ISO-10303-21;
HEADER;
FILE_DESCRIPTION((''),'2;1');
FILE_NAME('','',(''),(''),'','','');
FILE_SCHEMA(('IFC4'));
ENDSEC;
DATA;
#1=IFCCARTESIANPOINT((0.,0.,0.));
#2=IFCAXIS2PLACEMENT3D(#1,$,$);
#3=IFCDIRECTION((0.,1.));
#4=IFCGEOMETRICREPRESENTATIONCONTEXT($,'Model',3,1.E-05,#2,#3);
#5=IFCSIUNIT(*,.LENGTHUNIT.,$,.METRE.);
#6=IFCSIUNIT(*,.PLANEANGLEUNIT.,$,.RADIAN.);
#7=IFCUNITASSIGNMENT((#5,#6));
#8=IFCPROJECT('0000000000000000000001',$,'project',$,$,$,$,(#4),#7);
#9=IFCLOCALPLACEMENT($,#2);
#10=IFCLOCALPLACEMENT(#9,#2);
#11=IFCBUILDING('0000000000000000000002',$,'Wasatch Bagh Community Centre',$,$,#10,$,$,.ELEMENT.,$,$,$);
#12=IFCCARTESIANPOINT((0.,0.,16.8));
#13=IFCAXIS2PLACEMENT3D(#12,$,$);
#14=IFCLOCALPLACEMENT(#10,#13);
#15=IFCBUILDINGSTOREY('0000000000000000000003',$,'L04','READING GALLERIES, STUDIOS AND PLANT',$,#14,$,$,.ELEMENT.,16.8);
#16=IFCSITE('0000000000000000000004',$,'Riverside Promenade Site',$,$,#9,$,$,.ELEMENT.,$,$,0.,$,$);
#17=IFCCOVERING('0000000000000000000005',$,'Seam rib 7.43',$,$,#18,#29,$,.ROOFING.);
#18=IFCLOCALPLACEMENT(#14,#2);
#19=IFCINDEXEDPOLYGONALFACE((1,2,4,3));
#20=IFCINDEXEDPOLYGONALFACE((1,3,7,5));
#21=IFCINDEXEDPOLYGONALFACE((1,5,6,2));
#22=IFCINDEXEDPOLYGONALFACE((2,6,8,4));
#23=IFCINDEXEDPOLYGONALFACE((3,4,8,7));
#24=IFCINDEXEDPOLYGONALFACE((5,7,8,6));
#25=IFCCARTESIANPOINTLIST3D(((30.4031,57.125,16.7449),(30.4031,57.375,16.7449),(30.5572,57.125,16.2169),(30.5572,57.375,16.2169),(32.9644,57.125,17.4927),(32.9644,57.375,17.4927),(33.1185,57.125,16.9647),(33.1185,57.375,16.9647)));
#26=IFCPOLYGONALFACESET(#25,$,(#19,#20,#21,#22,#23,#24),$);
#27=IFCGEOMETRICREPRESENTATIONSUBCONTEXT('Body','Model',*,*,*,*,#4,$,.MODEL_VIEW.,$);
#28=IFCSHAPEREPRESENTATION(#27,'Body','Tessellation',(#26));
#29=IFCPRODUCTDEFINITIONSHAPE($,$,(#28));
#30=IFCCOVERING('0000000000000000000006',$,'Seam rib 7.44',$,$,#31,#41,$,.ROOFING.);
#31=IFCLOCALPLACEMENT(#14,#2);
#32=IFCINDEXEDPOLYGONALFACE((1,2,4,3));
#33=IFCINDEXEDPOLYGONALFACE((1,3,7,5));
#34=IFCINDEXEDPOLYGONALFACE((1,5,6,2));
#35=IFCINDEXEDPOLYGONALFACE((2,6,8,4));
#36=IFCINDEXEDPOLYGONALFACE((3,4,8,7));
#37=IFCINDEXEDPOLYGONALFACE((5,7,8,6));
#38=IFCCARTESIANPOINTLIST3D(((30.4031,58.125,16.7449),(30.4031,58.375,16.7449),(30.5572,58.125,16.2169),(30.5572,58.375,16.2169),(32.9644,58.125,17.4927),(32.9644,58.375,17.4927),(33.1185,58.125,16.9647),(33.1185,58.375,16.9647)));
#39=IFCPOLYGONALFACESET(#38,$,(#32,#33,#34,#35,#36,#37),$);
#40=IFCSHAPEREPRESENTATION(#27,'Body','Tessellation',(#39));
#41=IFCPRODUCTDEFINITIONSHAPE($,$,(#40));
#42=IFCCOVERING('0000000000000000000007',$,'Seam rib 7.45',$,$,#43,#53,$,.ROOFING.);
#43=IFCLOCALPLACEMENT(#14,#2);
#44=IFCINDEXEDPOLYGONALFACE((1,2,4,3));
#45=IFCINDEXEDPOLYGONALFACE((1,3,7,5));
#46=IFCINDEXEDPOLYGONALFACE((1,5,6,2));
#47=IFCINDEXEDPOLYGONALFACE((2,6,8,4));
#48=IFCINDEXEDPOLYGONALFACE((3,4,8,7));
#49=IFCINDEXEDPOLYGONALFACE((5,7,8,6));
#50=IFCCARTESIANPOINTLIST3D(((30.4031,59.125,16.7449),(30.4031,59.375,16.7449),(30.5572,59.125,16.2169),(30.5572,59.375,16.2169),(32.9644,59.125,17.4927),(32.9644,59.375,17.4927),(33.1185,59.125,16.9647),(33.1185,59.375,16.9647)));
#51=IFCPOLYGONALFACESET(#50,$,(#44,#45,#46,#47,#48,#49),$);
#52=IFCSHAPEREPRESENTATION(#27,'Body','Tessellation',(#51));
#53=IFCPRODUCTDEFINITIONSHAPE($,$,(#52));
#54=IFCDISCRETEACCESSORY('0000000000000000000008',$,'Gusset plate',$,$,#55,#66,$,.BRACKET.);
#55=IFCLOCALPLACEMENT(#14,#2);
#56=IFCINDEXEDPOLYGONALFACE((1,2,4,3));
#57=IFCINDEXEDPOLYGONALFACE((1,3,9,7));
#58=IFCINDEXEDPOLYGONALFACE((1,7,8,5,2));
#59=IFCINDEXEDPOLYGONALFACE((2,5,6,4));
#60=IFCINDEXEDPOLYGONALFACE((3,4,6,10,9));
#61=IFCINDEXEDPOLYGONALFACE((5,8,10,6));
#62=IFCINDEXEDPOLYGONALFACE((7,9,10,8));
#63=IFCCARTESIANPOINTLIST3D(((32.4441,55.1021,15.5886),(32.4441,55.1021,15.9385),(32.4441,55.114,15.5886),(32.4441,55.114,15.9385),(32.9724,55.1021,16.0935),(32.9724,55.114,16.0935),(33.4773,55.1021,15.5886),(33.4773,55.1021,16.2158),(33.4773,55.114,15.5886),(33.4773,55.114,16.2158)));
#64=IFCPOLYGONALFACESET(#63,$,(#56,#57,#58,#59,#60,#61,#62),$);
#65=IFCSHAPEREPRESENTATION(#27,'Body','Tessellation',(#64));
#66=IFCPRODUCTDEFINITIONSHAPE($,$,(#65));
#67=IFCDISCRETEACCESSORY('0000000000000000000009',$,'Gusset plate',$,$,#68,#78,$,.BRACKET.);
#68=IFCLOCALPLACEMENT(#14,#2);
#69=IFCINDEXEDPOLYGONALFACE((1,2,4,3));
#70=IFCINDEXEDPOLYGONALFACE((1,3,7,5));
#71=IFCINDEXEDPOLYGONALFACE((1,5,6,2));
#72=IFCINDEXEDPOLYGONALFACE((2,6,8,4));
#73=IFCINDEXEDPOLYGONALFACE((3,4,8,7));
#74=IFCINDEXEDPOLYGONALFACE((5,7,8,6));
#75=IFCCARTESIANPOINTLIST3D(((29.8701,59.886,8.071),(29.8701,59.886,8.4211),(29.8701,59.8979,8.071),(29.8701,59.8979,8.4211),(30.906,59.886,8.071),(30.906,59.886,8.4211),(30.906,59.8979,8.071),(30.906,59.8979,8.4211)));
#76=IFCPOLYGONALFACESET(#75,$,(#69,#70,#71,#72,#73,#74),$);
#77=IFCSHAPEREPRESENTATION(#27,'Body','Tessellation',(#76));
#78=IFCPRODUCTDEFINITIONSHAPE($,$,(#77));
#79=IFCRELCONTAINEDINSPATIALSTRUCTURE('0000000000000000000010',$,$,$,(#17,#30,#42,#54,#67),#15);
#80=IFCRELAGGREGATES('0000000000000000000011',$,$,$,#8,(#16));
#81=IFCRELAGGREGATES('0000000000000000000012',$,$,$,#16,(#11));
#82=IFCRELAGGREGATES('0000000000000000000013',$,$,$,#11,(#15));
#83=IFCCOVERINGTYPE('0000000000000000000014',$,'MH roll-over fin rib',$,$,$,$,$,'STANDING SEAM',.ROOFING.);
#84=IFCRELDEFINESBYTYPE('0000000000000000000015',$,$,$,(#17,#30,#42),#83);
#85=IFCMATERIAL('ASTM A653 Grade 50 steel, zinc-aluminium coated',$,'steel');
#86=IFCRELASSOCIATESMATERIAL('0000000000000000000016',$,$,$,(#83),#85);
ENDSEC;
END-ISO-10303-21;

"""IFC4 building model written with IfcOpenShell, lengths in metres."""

from ifc_helpers import new_model, si_unit, direction, frame, origin, place, context, subcontext, project, spatial, polyline, outline, extrude, material, type_object, element, save


model = new_model("IFC4")

# Units and contexts
model_context = context("Model", 3, precision=1e-05, world=origin(), true_north=direction((0.0, 1.0)))
body_context = subcontext(model_context, "Body", "Model", "MODEL_VIEW")
ifc_project = project(units=[si_unit("LENGTHUNIT", "METRE"), si_unit("PLANEANGLEUNIT", "RADIAN")], contexts=[model_context])

# Site, building, storey
site_placement = place(None, origin())
site = spatial("IfcSite", under=ifc_project, at=site_placement, Name="Riverside Promenade Site", CompositionType="ELEMENT", RefElevation=0.0)
building_placement = place(site_placement, origin())
building = spatial("IfcBuilding", under=site, at=building_placement, Name="Wasatch Bagh Community Centre", CompositionType="ELEMENT")
storey_placement = place(building_placement, frame((0.0, 0.0, 16.8)))
storey = spatial("IfcBuildingStorey", under=building, at=storey_placement, Name="L04", Description="READING GALLERIES, STUDIOS AND PLANT", CompositionType="ELEMENT", Elevation=16.8)

# Coverings
ifc_material_1 = material(Name="ASTM A653 Grade 50 steel, zinc-aluminium coated", Category="steel")
covering_type = type_object("IfcCoveringType", Name="MH roll-over fin rib", ElementType="STANDING SEAM", PredefinedType="ROOFING", material=ifc_material_1)
for number, where, z_axis, x_axis, name in (
    (1, (30.4031, 57.125, 16.7449), (-0.280264, 0.0, 0.959923), (0.959923, 0.0, 0.280264), "Seam rib 7.43"),
    (2, (30.4031, 58.125, 16.7449), (-0.280264, 0.0, 0.959923), (0.959923, 0.0, 0.280264), "Seam rib 7.44"),
    (3, (30.4031, 59.125, 16.7449), (-0.280264, 0.0, 0.959923), (0.959923, 0.0, 0.280264), "Seam rib 7.45"),
):
    element("IfcCovering", number, at=place(storey_placement, frame(where, z_axis=z_axis, x_axis=x_axis)), inside=storey, type_object=covering_type, Name=name, PredefinedType="ROOFING", context=body_context, shape_type="SweptSolid", body=[
        extrude(outline(polyline([(0.0, 0.0), (2.6682, 0.0), (2.6682, 0.25), (0.0, 0.25), (0.0, 0.0)])), origin(), (0.0, 0.0, -1.0), 0.55),
    ])

# Discrete accessories
discrete_accessory_1_placement = place(storey_placement, frame((32.4441, 55.114, 15.9385), z_axis=(0.0, 1.0, 0.0), x_axis=(0.959542, 0.0, 0.281566)))
element("IfcDiscreteAccessory", 4, at=discrete_accessory_1_placement, inside=storey, Name="Gusset plate", PredefinedType="BRACKET", context=body_context, shape_type="SweptSolid", body=[
    extrude(outline(polyline([(0.0, 0.0), (0.5506, 0.0), (1.0695, 0.0248), (0.8929, 0.6266), (-0.0985, 0.3357), (0.0, 0.0)])), origin(), (0.0, 0.0, -1.0), 0.012),
])
discrete_accessory_2_placement = place(storey_placement, frame((29.8701, 59.886, 8.071), z_axis=(0.0, -1.0, 0.0), x_axis=(1.0, 0.0, 0.0)))
element("IfcDiscreteAccessory", 5, at=discrete_accessory_2_placement, inside=storey, Name="Gusset plate", PredefinedType="BRACKET", context=body_context, shape_type="SweptSolid", body=[
    extrude(outline(polyline([(0.0, 0.0), (1.0359, 0.0), (1.0359, 0.3501), (0.0, 0.3501), (0.0, 0.0)])), origin(), (0.0, 0.0, -1.0), 0.012),
])

save(model, "model.ifc")
